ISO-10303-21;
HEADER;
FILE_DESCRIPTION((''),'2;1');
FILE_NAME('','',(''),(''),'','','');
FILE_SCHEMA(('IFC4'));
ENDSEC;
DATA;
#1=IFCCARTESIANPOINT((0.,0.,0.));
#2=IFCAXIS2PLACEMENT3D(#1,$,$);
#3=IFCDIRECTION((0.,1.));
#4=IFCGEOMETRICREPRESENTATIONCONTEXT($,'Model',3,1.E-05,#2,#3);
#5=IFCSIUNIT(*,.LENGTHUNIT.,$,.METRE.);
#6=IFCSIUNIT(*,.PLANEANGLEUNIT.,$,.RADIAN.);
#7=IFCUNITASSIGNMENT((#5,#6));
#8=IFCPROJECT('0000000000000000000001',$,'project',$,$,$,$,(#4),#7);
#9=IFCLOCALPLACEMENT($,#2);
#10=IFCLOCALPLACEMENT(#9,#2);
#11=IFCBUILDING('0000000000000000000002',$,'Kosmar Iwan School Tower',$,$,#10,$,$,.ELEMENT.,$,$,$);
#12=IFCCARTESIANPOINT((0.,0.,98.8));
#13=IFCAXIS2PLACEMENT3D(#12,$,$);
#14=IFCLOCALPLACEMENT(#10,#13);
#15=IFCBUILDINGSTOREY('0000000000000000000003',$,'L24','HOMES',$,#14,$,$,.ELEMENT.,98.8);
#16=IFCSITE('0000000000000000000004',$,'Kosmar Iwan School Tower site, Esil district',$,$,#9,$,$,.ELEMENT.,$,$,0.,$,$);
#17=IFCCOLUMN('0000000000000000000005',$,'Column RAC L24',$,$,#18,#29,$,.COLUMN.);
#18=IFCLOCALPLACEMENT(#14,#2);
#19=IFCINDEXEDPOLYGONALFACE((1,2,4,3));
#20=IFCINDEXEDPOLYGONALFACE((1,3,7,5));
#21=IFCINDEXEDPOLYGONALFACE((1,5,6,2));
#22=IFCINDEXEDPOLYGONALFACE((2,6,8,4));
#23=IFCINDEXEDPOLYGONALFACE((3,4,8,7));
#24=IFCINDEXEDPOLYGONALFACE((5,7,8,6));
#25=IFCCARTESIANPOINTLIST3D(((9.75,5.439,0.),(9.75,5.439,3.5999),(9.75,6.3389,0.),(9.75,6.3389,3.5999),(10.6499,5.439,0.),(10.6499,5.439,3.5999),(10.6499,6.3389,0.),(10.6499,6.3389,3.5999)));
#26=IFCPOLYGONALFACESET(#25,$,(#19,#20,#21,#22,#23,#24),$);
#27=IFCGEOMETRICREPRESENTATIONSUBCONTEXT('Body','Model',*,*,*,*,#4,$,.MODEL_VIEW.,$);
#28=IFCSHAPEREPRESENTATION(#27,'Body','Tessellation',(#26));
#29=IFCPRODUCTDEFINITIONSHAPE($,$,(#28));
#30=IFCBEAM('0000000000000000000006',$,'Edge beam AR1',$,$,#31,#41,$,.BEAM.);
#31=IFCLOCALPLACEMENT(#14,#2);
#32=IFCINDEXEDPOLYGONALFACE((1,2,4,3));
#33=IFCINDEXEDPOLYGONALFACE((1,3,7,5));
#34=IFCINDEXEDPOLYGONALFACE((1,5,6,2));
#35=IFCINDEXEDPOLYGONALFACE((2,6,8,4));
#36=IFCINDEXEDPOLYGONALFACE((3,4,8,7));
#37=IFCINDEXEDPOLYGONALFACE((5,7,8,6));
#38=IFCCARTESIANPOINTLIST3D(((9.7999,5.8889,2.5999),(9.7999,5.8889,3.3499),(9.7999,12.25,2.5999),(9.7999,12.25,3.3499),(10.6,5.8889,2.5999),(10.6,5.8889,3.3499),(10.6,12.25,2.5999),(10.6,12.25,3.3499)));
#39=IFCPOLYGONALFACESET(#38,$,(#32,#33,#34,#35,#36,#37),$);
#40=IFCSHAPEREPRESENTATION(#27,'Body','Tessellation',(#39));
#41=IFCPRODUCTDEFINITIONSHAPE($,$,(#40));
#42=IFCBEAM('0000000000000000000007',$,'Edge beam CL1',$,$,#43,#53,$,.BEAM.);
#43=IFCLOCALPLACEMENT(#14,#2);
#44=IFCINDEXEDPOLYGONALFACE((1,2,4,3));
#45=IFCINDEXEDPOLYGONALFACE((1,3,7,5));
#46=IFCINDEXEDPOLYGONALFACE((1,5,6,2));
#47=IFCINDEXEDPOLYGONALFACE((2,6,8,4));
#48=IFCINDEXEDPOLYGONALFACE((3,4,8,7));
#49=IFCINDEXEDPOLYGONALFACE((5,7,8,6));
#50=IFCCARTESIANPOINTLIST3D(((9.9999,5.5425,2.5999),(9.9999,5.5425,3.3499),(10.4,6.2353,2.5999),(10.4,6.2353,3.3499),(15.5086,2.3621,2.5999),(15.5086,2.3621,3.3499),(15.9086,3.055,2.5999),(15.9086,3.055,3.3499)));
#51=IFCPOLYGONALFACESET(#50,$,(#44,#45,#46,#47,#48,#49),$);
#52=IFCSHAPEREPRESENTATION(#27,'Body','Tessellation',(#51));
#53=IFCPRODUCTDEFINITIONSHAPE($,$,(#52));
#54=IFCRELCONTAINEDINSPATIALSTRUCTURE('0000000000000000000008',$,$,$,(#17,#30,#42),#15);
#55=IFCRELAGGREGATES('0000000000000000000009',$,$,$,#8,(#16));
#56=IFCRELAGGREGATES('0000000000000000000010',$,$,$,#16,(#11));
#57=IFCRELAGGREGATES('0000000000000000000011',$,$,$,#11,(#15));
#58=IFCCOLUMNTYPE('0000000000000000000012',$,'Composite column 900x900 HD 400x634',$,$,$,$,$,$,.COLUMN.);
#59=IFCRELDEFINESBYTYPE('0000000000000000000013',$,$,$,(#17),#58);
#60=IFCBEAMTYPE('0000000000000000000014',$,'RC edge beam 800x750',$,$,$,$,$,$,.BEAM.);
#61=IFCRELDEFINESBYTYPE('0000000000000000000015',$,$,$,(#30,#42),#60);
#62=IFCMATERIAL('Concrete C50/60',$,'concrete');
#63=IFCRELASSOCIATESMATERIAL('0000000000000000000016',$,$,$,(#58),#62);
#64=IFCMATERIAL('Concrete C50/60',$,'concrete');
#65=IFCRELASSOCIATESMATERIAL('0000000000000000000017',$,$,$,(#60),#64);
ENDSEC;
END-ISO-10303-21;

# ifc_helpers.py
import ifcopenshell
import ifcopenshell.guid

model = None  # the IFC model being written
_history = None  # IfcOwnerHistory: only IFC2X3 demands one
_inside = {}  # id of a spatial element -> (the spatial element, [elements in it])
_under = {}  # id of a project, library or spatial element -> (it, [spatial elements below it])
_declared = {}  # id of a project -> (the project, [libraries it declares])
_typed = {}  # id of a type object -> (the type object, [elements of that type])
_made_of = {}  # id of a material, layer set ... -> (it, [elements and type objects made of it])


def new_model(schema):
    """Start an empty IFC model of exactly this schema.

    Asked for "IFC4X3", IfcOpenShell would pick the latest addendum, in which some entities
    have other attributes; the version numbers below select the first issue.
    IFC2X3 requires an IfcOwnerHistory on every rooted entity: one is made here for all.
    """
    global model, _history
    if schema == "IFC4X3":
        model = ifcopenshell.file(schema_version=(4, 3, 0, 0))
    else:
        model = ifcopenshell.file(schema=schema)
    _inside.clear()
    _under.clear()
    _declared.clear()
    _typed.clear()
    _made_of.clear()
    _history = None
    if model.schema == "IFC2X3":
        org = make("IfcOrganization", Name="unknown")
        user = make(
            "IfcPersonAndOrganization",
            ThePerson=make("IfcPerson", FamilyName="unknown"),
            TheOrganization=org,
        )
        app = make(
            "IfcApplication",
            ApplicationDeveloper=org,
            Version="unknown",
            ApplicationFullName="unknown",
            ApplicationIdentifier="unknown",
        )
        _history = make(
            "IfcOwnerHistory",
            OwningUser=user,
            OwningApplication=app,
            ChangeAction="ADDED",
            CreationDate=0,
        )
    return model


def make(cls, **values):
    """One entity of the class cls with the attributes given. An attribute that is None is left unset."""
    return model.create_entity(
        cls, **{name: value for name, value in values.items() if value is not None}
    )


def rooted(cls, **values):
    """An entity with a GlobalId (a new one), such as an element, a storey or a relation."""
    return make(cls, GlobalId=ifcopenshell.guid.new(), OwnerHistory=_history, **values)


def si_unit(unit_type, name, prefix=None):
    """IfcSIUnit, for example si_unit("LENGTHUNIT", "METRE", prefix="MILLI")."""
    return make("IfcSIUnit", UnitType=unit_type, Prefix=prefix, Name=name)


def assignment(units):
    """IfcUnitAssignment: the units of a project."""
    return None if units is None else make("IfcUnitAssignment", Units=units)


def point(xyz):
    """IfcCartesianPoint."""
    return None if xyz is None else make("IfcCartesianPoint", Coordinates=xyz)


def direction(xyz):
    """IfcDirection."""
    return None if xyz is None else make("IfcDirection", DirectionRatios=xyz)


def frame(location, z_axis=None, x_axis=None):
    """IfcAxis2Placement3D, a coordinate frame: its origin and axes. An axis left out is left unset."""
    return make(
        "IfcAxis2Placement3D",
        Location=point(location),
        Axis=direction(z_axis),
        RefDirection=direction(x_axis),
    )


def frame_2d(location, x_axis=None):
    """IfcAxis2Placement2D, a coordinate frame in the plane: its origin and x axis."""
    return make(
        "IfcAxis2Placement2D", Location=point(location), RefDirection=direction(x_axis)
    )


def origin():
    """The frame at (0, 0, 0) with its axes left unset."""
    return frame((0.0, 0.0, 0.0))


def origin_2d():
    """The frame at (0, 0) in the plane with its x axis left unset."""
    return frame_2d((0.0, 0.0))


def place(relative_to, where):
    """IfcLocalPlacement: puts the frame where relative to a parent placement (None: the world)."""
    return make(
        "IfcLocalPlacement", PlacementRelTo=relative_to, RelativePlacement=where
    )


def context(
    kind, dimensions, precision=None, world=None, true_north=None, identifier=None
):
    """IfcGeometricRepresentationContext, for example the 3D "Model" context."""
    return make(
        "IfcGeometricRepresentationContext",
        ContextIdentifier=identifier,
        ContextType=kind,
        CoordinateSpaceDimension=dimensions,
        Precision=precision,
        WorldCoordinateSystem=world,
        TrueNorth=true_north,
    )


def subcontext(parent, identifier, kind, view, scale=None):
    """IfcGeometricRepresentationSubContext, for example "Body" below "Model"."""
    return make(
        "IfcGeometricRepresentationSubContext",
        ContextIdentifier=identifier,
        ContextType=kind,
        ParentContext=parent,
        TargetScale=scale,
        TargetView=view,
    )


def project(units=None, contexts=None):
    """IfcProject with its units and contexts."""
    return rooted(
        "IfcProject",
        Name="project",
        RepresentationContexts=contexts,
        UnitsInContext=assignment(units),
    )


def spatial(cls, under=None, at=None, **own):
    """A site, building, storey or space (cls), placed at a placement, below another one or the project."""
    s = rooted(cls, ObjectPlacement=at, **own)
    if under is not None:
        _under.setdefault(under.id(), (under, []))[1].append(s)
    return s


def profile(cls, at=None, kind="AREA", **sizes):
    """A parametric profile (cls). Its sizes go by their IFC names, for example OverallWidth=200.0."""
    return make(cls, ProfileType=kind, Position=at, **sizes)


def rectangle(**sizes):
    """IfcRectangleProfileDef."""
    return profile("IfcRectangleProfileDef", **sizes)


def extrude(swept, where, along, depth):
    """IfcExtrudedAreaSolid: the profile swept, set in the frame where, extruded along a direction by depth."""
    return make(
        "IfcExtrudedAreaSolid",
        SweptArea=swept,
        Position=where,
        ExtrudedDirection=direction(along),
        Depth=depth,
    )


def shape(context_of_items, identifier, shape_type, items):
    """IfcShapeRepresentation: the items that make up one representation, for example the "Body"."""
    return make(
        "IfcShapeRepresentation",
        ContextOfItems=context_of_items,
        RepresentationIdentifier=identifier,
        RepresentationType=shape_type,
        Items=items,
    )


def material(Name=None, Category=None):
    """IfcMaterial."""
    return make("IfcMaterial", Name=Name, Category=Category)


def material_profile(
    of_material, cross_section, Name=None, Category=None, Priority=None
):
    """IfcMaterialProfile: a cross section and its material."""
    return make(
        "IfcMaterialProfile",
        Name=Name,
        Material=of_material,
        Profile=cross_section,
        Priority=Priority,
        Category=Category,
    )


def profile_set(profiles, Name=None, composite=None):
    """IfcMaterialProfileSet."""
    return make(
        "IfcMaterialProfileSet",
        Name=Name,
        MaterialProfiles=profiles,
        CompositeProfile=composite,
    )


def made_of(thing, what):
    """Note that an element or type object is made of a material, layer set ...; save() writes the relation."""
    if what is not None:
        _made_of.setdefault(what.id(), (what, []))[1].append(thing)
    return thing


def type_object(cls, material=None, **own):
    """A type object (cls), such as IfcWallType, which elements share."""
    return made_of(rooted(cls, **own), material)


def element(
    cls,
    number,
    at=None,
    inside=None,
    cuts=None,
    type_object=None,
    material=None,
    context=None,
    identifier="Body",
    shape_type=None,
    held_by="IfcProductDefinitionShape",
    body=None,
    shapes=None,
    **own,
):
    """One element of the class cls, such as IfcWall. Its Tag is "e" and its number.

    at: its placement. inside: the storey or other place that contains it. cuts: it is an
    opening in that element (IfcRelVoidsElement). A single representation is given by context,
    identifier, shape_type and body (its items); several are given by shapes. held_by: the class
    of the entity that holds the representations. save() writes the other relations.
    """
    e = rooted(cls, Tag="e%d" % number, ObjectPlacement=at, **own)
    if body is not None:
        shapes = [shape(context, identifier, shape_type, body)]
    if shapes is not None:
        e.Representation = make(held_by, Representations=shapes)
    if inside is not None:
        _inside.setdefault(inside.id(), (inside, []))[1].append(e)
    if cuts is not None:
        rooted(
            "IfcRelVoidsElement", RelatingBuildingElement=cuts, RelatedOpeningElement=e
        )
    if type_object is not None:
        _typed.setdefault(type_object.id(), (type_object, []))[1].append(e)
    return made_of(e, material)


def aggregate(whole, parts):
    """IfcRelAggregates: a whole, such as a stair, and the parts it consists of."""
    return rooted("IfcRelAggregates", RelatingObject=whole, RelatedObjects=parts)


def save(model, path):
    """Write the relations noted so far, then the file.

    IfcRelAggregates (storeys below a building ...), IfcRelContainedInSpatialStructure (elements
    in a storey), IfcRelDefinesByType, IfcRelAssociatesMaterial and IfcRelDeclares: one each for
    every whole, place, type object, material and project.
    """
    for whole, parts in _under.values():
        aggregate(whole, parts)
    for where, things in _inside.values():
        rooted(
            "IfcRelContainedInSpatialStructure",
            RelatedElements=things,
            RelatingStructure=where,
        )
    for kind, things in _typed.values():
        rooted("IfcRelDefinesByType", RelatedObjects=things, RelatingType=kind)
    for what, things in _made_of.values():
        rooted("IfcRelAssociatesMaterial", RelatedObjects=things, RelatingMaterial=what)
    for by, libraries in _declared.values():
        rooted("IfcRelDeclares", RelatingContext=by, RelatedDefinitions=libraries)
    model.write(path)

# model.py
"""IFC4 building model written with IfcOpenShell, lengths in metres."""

from ifc_helpers import new_model, si_unit, direction, frame, origin, origin_2d, place, context, subcontext, project, spatial, rectangle, extrude, material, material_profile, profile_set, type_object, element, save


model = new_model("IFC4")

# Units and contexts
model_context = context("Model", 3, precision=1e-05, world=origin(), true_north=direction((0.0, 1.0)))
body_context = subcontext(model_context, "Body", "Model", "MODEL_VIEW")
ifc_project = project(units=[si_unit("LENGTHUNIT", "METRE"), si_unit("PLANEANGLEUNIT", "RADIAN")], contexts=[model_context])

# Site, building, storey
site_placement = place(None, origin())
site = spatial("IfcSite", under=ifc_project, at=site_placement, Name="Kosmar Iwan School Tower site, Esil district", CompositionType="ELEMENT", RefElevation=0.0)
building_placement = place(site_placement, origin())
building = spatial("IfcBuilding", under=site, at=building_placement, Name="Kosmar Iwan School Tower", CompositionType="ELEMENT")
storey_placement = place(building_placement, frame((0.0, 0.0, 98.8)))
storey = spatial("IfcBuildingStorey", under=building, at=storey_placement, Name="L24", Description="HOMES", CompositionType="ELEMENT", Elevation=98.8)

# Column
ifc_material_1 = material(Name="Concrete C50/60", Category="concrete")
ifc_material_profile_1 = material_profile(ifc_material_1, rectangle(XDim=0.8999, YDim=0.8999, at=origin_2d()), Name="RC 900x900 + HD 400x634")
ifc_profile_set_1 = profile_set([ifc_material_profile_1], Name="Concrete C50/60")
column_type = type_object("IfcColumnType", Name="Composite column 900x900 HD 400x634", PredefinedType="COLUMN", material=ifc_profile_set_1)
column_placement = place(storey_placement, frame((10.2, 5.8889, 0.0), z_axis=(0.0, 0.0, 1.0), x_axis=(1.0, 0.0, 0.0)))
element("IfcColumn", 1, at=column_placement, inside=storey, type_object=column_type, Name="Column RAC L24", PredefinedType="COLUMN", context=body_context, shape_type="SweptSolid", body=[
    extrude(rectangle(XDim=0.8999, YDim=0.8999, at=origin_2d()), origin(), (0.0, 0.0, 1.0), 3.5999),
])

# Beams
ifc_material_2 = material(Name="Concrete C50/60", Category="concrete")
ifc_material_profile_2 = material_profile(ifc_material_2, rectangle(XDim=0.8, YDim=0.75, at=origin_2d()), Name="RC 800x750")
ifc_profile_set_2 = profile_set([ifc_material_profile_2], Name="Concrete C50/60")
beam_type = type_object("IfcBeamType", Name="RC edge beam 800x750", PredefinedType="BEAM", material=ifc_profile_set_2)
beam_1_placement = place(storey_placement, frame((10.2, 5.8889, 2.9749), z_axis=(0.0, 1.0, 0.0), x_axis=(-1.0, 0.0, 0.0)))
element("IfcBeam", 2, at=beam_1_placement, inside=storey, type_object=beam_type, Name="Edge beam AR1", PredefinedType="BEAM", context=body_context, shape_type="SweptSolid", body=[
    extrude(rectangle(XDim=0.8, YDim=0.75, at=origin_2d()), origin(), (0.0, 0.0, 1.0), 6.3611),
])
beam_2_placement = place(storey_placement, frame((10.2, 5.8889, 2.9749), z_axis=(0.866031, -0.49999, 0.0), x_axis=(0.49999, 0.866031, 0.0)))
element("IfcBeam", 3, at=beam_2_placement, inside=storey, type_object=beam_type, Name="Edge beam CL1", PredefinedType="BEAM", context=body_context, shape_type="SweptSolid", body=[
    extrude(rectangle(XDim=0.8, YDim=0.75, at=origin_2d()), origin(), (0.0, 0.0, 1.0), 6.3608),
])

save(model, "model.ifc")
